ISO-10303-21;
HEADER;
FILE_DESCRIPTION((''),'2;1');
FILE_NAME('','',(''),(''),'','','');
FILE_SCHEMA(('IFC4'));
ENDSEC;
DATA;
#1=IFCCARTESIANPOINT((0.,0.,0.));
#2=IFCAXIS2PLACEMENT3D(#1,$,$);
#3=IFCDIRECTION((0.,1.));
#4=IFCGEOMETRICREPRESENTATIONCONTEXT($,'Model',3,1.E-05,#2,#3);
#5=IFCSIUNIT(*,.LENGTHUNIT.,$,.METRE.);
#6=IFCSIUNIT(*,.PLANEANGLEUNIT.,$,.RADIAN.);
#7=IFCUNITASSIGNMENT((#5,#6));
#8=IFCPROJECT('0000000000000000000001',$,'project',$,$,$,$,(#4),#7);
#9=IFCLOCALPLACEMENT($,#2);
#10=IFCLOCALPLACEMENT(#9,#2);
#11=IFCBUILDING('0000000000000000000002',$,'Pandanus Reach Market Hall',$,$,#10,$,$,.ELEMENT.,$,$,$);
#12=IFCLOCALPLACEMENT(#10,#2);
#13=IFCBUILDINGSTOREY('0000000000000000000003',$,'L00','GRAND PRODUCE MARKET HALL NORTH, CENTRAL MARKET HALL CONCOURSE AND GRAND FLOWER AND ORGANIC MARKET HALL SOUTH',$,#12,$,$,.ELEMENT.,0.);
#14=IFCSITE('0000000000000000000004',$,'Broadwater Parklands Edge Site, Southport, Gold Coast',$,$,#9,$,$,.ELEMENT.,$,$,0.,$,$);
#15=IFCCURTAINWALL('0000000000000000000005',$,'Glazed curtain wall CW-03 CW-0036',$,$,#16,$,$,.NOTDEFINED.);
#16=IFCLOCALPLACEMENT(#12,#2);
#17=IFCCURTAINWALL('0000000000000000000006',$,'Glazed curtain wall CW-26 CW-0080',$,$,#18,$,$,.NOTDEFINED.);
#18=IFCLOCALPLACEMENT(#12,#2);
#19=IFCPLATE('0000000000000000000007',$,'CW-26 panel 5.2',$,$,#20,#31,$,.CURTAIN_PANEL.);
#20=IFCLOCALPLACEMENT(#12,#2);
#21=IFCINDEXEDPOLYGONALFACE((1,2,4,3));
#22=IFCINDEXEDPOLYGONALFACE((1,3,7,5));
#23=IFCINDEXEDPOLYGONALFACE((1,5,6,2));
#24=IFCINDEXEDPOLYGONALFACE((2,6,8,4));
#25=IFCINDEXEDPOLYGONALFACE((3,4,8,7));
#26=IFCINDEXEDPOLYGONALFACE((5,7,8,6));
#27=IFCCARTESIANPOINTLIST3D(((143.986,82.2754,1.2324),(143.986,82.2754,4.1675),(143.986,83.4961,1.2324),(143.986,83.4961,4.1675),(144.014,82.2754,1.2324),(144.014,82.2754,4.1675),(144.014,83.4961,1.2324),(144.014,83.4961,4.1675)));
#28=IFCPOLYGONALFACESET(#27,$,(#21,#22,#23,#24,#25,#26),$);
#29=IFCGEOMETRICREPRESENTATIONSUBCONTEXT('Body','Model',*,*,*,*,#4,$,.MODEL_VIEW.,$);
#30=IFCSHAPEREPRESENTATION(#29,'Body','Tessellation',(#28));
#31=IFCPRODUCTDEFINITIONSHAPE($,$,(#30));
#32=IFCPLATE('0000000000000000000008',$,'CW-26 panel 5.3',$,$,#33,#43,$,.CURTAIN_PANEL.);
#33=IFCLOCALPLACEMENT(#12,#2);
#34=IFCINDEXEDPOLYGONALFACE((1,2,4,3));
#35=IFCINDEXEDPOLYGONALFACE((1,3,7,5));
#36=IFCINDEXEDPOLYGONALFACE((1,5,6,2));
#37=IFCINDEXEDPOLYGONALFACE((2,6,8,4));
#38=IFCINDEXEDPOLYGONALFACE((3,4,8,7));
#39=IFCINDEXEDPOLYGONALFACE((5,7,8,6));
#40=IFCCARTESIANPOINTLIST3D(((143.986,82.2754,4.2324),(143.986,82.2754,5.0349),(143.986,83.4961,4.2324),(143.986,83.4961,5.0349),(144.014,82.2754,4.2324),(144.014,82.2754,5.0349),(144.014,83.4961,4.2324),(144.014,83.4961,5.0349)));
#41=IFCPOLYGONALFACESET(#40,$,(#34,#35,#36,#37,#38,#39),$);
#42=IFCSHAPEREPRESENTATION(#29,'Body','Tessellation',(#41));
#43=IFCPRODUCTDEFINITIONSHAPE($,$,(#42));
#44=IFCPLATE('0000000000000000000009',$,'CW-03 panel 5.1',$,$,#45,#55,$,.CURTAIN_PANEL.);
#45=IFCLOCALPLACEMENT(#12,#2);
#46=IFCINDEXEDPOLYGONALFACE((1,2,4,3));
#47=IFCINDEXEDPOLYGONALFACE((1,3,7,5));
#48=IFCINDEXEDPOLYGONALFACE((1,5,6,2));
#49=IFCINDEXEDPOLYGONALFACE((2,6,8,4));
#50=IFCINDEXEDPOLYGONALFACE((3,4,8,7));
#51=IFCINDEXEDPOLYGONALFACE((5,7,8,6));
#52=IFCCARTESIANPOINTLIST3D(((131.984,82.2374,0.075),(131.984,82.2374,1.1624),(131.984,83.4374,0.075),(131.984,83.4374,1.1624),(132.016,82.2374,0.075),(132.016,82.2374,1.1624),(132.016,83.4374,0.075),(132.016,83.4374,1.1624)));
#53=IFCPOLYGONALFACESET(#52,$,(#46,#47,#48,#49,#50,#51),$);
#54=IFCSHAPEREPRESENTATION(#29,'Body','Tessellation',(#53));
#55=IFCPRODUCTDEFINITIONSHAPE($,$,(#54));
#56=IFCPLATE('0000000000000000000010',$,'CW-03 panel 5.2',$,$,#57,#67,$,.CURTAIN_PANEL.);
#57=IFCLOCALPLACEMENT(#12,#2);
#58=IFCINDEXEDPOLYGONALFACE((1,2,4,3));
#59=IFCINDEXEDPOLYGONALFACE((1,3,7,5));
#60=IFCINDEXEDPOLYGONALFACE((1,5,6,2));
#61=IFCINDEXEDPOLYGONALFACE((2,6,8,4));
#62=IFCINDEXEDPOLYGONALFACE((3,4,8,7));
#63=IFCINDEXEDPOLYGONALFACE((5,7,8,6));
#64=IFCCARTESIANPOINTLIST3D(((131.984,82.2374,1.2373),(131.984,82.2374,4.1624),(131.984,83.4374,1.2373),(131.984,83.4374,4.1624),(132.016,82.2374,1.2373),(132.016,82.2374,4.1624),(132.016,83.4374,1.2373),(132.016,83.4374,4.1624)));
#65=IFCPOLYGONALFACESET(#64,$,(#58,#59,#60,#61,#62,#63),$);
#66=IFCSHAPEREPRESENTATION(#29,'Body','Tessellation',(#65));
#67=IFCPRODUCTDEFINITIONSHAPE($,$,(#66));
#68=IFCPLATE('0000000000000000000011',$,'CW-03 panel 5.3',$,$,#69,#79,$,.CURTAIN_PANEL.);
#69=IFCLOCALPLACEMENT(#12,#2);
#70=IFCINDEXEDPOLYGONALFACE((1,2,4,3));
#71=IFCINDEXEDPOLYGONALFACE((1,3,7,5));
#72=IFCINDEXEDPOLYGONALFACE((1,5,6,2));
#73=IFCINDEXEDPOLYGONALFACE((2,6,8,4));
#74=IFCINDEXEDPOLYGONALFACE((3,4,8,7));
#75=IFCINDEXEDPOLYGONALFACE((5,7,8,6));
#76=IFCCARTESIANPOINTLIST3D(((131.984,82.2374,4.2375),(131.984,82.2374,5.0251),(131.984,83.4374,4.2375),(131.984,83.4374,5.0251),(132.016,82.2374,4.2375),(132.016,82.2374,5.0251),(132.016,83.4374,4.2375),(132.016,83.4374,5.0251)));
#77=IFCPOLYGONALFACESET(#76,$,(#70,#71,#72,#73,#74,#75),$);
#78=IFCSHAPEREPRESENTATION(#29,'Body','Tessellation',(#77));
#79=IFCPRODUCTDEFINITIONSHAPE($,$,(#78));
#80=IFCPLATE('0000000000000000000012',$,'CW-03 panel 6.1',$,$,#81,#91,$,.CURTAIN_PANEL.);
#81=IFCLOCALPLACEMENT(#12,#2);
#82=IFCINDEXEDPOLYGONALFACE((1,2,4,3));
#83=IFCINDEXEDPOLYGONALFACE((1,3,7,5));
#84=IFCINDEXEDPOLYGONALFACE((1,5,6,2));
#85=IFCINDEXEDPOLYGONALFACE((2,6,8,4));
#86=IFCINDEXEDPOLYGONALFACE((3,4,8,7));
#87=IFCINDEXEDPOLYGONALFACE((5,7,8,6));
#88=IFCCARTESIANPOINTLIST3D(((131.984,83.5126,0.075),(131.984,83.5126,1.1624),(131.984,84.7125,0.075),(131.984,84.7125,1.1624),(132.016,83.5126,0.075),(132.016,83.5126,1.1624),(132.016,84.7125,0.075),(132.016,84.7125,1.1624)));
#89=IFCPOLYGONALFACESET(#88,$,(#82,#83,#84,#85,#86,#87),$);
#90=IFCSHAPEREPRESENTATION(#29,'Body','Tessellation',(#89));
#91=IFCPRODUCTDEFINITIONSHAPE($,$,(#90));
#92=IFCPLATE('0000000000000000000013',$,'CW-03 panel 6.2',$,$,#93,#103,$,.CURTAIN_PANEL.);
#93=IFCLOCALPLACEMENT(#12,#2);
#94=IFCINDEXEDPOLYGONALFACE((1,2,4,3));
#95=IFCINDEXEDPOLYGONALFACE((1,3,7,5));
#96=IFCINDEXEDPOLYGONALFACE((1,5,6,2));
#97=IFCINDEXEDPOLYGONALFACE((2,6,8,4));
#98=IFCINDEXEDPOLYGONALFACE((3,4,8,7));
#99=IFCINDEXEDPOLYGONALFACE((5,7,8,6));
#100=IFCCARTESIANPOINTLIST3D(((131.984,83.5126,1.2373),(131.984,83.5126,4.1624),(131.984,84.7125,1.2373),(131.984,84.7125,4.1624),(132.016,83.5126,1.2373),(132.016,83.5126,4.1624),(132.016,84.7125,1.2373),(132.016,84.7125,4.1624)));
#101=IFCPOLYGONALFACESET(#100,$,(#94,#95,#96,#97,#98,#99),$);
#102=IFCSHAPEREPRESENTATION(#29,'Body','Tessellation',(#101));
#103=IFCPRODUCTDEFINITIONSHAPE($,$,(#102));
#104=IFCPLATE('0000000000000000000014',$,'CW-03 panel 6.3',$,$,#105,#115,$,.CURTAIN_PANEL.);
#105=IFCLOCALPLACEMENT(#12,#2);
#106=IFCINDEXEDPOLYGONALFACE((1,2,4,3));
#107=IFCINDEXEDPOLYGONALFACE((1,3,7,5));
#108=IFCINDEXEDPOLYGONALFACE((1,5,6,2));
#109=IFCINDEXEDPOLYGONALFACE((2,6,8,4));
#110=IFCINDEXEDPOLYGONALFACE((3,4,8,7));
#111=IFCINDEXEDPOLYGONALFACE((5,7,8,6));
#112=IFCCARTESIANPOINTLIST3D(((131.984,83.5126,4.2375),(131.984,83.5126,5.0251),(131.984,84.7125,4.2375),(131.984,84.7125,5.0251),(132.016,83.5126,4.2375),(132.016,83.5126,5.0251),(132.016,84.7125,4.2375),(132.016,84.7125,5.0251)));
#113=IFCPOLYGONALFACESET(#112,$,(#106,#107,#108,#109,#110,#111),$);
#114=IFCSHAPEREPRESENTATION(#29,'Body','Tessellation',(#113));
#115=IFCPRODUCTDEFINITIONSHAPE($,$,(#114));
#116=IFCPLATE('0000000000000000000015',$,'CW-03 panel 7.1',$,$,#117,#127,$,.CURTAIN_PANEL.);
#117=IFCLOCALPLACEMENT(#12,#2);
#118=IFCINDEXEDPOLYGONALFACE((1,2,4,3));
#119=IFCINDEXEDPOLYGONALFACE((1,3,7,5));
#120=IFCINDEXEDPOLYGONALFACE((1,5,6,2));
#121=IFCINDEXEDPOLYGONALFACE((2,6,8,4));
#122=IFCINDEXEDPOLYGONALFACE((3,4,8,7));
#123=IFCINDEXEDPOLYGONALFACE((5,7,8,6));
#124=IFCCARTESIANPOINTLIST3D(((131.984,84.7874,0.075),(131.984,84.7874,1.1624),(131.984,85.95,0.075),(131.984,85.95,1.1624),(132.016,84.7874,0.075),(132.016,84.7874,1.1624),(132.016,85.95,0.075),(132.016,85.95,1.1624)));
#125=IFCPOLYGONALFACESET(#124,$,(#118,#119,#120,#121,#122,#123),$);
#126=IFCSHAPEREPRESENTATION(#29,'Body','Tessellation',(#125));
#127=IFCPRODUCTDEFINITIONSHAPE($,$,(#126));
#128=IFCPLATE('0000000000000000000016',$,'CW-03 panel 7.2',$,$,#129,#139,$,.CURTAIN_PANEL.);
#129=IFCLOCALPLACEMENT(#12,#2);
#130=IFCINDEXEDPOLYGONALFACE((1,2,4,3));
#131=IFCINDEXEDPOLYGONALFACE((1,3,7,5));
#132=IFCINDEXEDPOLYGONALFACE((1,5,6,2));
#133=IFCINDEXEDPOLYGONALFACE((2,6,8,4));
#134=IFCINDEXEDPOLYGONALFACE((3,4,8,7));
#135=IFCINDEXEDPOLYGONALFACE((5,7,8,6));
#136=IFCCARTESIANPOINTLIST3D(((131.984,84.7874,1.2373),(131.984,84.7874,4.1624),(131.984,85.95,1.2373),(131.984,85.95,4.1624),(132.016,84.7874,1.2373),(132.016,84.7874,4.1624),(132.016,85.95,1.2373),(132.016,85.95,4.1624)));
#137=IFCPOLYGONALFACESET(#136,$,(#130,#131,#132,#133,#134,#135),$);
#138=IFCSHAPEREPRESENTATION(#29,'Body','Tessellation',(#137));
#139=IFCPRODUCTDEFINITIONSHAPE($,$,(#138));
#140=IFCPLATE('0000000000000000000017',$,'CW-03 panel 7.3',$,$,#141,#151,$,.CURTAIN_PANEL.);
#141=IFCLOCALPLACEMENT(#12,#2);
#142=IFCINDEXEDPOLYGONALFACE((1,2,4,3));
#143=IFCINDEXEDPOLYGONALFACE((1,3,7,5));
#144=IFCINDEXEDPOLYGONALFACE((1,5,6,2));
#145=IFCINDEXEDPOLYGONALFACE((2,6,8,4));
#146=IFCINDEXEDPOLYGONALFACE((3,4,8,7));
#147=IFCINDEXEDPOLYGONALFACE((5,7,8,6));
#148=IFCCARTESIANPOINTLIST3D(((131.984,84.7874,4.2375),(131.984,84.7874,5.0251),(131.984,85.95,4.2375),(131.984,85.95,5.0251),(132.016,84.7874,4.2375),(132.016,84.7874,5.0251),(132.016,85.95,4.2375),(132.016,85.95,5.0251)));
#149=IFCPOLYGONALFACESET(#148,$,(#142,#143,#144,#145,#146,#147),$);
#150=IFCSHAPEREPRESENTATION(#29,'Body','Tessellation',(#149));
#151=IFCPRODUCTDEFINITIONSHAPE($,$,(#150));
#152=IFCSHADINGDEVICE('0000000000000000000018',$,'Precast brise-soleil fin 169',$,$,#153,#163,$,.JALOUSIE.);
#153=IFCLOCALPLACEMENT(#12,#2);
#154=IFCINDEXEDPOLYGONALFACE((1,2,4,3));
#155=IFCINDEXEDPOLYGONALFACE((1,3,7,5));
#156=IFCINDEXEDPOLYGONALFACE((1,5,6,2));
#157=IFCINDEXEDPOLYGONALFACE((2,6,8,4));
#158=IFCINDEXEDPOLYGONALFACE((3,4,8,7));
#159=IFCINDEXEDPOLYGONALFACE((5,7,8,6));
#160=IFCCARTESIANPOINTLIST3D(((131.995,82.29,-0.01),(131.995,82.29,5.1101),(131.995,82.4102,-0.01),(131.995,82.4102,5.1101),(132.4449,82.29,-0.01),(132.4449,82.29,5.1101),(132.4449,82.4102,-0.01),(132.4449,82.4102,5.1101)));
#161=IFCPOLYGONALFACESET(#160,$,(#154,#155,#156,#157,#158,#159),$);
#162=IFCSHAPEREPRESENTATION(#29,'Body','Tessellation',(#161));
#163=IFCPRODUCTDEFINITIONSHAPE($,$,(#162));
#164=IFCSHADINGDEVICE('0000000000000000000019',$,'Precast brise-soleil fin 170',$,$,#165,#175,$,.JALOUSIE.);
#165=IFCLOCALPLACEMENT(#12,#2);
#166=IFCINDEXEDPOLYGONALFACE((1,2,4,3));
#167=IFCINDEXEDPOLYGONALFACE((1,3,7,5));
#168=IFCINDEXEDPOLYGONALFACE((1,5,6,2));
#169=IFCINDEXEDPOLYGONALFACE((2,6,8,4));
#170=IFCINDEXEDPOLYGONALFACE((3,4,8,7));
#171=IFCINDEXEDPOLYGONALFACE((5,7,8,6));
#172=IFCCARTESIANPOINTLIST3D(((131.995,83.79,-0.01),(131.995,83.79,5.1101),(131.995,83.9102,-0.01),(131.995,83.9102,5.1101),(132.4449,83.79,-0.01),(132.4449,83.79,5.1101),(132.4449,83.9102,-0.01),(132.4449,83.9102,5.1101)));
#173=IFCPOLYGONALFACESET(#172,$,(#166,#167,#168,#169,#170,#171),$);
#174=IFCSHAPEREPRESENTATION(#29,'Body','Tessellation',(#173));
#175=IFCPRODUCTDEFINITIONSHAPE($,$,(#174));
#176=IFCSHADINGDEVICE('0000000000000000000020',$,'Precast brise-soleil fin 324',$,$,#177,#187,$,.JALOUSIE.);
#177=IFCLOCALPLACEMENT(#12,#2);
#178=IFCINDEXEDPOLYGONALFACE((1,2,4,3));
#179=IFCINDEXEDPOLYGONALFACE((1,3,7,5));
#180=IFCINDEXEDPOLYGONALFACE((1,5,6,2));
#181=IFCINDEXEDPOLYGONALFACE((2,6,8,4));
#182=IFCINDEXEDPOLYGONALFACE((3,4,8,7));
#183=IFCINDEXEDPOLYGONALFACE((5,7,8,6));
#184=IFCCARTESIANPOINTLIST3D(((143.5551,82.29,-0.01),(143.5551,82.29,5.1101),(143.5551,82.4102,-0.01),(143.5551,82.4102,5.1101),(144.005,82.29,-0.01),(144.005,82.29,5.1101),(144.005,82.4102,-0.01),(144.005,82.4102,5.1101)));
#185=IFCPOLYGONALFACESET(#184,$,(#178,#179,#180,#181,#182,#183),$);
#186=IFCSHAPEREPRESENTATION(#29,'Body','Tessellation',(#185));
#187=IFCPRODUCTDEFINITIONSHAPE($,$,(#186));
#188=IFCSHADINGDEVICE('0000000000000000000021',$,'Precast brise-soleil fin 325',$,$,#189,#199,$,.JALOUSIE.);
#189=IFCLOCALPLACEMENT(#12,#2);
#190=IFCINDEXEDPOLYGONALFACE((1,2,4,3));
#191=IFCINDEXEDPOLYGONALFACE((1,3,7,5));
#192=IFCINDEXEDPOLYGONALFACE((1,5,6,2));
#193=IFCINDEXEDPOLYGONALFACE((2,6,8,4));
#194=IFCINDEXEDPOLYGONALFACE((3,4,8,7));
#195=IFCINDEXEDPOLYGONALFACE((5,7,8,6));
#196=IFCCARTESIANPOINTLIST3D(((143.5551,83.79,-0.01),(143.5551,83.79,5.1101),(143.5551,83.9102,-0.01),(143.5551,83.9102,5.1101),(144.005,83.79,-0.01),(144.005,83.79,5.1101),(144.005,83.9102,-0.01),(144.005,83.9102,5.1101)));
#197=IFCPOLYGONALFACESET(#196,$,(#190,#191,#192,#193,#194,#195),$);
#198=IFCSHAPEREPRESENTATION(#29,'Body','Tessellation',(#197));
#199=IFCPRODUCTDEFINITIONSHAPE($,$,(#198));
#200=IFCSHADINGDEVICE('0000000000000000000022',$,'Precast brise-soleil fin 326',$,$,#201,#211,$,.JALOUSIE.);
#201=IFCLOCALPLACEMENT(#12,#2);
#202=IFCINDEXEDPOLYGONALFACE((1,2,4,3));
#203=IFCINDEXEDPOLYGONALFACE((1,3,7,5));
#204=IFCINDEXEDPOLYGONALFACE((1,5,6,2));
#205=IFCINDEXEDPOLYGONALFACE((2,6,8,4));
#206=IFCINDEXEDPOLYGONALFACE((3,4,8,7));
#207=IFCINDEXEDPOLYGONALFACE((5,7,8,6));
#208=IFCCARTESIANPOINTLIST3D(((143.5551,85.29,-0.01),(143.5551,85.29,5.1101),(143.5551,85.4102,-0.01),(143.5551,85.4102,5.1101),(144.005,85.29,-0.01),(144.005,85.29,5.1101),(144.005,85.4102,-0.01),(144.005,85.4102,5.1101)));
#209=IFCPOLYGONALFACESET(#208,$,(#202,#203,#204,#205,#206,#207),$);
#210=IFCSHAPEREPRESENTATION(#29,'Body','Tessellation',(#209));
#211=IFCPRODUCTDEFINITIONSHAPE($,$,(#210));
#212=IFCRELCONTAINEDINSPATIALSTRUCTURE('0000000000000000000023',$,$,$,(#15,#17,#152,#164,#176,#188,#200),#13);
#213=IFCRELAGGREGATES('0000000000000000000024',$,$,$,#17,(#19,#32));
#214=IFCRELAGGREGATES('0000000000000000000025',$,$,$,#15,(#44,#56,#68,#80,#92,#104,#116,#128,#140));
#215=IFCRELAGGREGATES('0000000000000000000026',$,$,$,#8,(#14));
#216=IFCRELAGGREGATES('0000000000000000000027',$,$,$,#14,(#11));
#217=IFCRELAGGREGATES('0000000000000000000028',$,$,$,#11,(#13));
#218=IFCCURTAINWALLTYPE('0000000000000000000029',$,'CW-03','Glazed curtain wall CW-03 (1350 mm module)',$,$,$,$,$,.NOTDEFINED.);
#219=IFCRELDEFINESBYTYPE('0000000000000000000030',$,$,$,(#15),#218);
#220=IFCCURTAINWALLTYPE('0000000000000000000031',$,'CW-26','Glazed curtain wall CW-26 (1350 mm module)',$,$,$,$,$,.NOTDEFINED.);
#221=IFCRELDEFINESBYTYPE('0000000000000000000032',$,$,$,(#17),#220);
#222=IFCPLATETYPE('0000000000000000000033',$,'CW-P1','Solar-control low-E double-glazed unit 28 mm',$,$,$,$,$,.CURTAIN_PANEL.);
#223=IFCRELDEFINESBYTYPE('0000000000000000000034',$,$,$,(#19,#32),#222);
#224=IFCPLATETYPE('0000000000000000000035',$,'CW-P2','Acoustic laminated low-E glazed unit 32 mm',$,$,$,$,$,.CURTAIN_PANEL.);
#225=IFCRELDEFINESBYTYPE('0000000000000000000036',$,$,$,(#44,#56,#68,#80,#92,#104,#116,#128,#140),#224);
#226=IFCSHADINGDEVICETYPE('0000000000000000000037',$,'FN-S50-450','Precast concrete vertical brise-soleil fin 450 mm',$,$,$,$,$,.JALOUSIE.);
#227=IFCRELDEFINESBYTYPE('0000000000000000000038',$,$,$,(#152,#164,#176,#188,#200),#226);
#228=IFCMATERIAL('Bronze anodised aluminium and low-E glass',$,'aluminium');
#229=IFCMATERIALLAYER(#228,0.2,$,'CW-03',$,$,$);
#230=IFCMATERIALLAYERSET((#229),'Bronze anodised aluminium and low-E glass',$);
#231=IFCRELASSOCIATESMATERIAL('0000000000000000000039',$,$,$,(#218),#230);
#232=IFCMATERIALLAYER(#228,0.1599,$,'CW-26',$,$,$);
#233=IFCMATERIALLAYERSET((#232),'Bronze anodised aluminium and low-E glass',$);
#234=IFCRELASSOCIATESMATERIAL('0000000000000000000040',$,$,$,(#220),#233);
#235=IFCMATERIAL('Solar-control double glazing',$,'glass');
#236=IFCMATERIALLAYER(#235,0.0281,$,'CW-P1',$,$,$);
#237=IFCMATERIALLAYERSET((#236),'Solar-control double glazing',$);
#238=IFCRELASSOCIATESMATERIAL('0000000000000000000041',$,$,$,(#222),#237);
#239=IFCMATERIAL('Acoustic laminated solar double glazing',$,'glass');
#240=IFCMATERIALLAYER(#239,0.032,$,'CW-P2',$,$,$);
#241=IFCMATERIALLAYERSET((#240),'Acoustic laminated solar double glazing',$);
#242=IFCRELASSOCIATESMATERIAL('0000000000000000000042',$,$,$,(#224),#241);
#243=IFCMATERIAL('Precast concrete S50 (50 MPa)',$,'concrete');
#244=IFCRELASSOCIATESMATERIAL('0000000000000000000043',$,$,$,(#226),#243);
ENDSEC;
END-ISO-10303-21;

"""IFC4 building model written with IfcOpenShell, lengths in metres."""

from ifc_helpers import new_model, si_unit, direction, frame, origin, origin_2d, place, context, subcontext, project, spatial, rectangle, extrude, material, layer, layer_set, type_object, element, aggregate, save


model = new_model("IFC4")

# Units and contexts
model_context = context("Model", 3, precision=1e-05, world=origin(), true_north=direction((0.0, 1.0)))
body_context = subcontext(model_context, "Body", "Model", "MODEL_VIEW")
ifc_project = project(units=[si_unit("LENGTHUNIT", "METRE"), si_unit("PLANEANGLEUNIT", "RADIAN")], contexts=[model_context])

# Site, building, storey
site_placement = place(None, origin())
site = spatial("IfcSite", under=ifc_project, at=site_placement, Name="Broadwater Parklands Edge Site, Southport, Gold Coast", CompositionType="ELEMENT", RefElevation=0.0)
building_placement = place(site_placement, origin())
building = spatial("IfcBuilding", under=site, at=building_placement, Name="Pandanus Reach Market Hall", CompositionType="ELEMENT")
storey_placement = place(building_placement, origin())
storey = spatial("IfcBuildingStorey", under=building, at=storey_placement, Name="L00", Description="GRAND PRODUCE MARKET HALL NORTH, CENTRAL MARKET HALL CONCOURSE AND GRAND FLOWER AND ORGANIC MARKET HALL SOUTH", CompositionType="ELEMENT", Elevation=0.0)

# Curtain walls
ifc_material_1 = material(Name="Bronze anodised aluminium and low-E glass", Category="aluminium")
ifc_layer_1 = layer(ifc_material_1, 0.2, Name="CW-03")
ifc_layer_set_1 = layer_set([ifc_layer_1], Name="Bronze anodised aluminium and low-E glass")
curtain_wall_type_1 = type_object("IfcCurtainWallType", Name="CW-03", Description="Glazed curtain wall CW-03 (1350 mm module)", PredefinedType="NOTDEFINED", material=ifc_layer_set_1)
curtain_wall_1_placement = place(storey_placement, origin())
curtain_wall_1 = element("IfcCurtainWall", 1, at=curtain_wall_1_placement, inside=storey, type_object=curtain_wall_type_1, Name="Glazed curtain wall CW-03 CW-0036", PredefinedType="NOTDEFINED")
ifc_layer_2 = layer(ifc_material_1, 0.1599, Name="CW-26")
ifc_layer_set_2 = layer_set([ifc_layer_2], Name="Bronze anodised aluminium and low-E glass")
curtain_wall_type_2 = type_object("IfcCurtainWallType", Name="CW-26", Description="Glazed curtain wall CW-26 (1350 mm module)", PredefinedType="NOTDEFINED", material=ifc_layer_set_2)
curtain_wall_2_placement = place(storey_placement, origin())
curtain_wall_2 = element("IfcCurtainWall", 2, at=curtain_wall_2_placement, inside=storey, type_object=curtain_wall_type_2, Name="Glazed curtain wall CW-26 CW-0080", PredefinedType="NOTDEFINED")

# Plates
ifc_material_2 = material(Name="Solar-control double glazing", Category="glass")
ifc_layer_3 = layer(ifc_material_2, 0.0281, Name="CW-P1")
ifc_layer_set_3 = layer_set([ifc_layer_3], Name="Solar-control double glazing")
plate_type_1 = type_object("IfcPlateType", Name="CW-P1", Description="Solar-control low-E double-glazed unit 28 mm", PredefinedType="CURTAIN_PANEL", material=ifc_layer_set_3)
plate_1_placement = place(storey_placement, frame((144.0, 82.8857, 1.2324), z_axis=(0.0, 0.0, 1.0), x_axis=(0.0, 1.0, 0.0)))
plate_1 = element("IfcPlate", 3, at=plate_1_placement, type_object=plate_type_1, Name="CW-26 panel 5.2", PredefinedType="CURTAIN_PANEL", context=body_context, shape_type="SweptSolid", body=[
    extrude(rectangle(XDim=1.2207, YDim=0.0281, at=origin_2d()), origin(), (0.0, 0.0, 1.0), 2.9351),
])
plate_2_placement = place(storey_placement, frame((144.0, 82.8857, 4.2324), z_axis=(0.0, 0.0, 1.0), x_axis=(0.0, 1.0, 0.0)))
plate_2 = element("IfcPlate", 4, at=plate_2_placement, type_object=plate_type_1, Name="CW-26 panel 5.3", PredefinedType="CURTAIN_PANEL", context=body_context, shape_type="SweptSolid", body=[
    extrude(rectangle(XDim=1.2207, YDim=0.0281, at=origin_2d()), origin(), (0.0, 0.0, 1.0), 0.8025),
])
aggregate(curtain_wall_2, [plate_1, plate_2])
ifc_material_3 = material(Name="Acoustic laminated solar double glazing", Category="glass")
ifc_layer_4 = layer(ifc_material_3, 0.032, Name="CW-P2")
ifc_layer_set_4 = layer_set([ifc_layer_4], Name="Acoustic laminated solar double glazing")
plate_type_2 = type_object("IfcPlateType", Name="CW-P2", Description="Acoustic laminated low-E glazed unit 32 mm", PredefinedType="CURTAIN_PANEL", material=ifc_layer_set_4)
plate_3_placement = place(storey_placement, frame((132.0, 82.8374, 0.075), z_axis=(0.0, 0.0, 1.0), x_axis=(0.0, 1.0, 0.0)))
plate_3 = element("IfcPlate", 5, at=plate_3_placement, type_object=plate_type_2, Name="CW-03 panel 5.1", PredefinedType="CURTAIN_PANEL", context=body_context, shape_type="SweptSolid", body=[
    extrude(rectangle(XDim=1.2, YDim=0.032, at=origin_2d()), origin(), (0.0, 0.0, 1.0), 1.0874),
])
plate_4_placement = place(storey_placement, frame((132.0, 82.8374, 1.2373), z_axis=(0.0, 0.0, 1.0), x_axis=(0.0, 1.0, 0.0)))
plate_4 = element("IfcPlate", 6, at=plate_4_placement, type_object=plate_type_2, Name="CW-03 panel 5.2", PredefinedType="CURTAIN_PANEL", context=body_context, shape_type="SweptSolid", body=[
    extrude(rectangle(XDim=1.2, YDim=0.032, at=origin_2d()), origin(), (0.0, 0.0, 1.0), 2.925),
])
plate_5_placement = place(storey_placement, frame((132.0, 82.8374, 4.2375), z_axis=(0.0, 0.0, 1.0), x_axis=(0.0, 1.0, 0.0)))
plate_5 = element("IfcPlate", 7, at=plate_5_placement, type_object=plate_type_2, Name="CW-03 panel 5.3", PredefinedType="CURTAIN_PANEL", context=body_context, shape_type="SweptSolid", body=[
    extrude(rectangle(XDim=1.2, YDim=0.032, at=origin_2d()), origin(), (0.0, 0.0, 1.0), 0.7876),
])
plate_6_placement = place(storey_placement, frame((132.0, 84.1125, 0.075), z_axis=(0.0, 0.0, 1.0), x_axis=(0.0, 1.0, 0.0)))
plate_6 = element("IfcPlate", 8, at=plate_6_placement, type_object=plate_type_2, Name="CW-03 panel 6.1", PredefinedType="CURTAIN_PANEL", context=body_context, shape_type="SweptSolid", body=[
    extrude(rectangle(XDim=1.2, YDim=0.032, at=origin_2d()), origin(), (0.0, 0.0, 1.0), 1.0874),
])
plate_7_placement = place(storey_placement, frame((132.0, 84.1125, 1.2373), z_axis=(0.0, 0.0, 1.0), x_axis=(0.0, 1.0, 0.0)))
plate_7 = element("IfcPlate", 9, at=plate_7_placement, type_object=plate_type_2, Name="CW-03 panel 6.2", PredefinedType="CURTAIN_PANEL", context=body_context, shape_type="SweptSolid", body=[
    extrude(rectangle(XDim=1.2, YDim=0.032, at=origin_2d()), origin(), (0.0, 0.0, 1.0), 2.925),
])
plate_8_placement = place(storey_placement, frame((132.0, 84.1125, 4.2375), z_axis=(0.0, 0.0, 1.0), x_axis=(0.0, 1.0, 0.0)))
plate_8 = element("IfcPlate", 10, at=plate_8_placement, type_object=plate_type_2, Name="CW-03 panel 6.3", PredefinedType="CURTAIN_PANEL", context=body_context, shape_type="SweptSolid", body=[
    extrude(rectangle(XDim=1.2, YDim=0.032, at=origin_2d()), origin(), (0.0, 0.0, 1.0), 0.7876),
])
plate_9_placement = place(storey_placement, frame((132.0, 85.3687, 0.075), z_axis=(0.0, 0.0, 1.0), x_axis=(0.0, 1.0, 0.0)))
plate_9 = element("IfcPlate", 11, at=plate_9_placement, type_object=plate_type_2, Name="CW-03 panel 7.1", PredefinedType="CURTAIN_PANEL", context=body_context, shape_type="SweptSolid", body=[
    extrude(rectangle(XDim=1.1626, YDim=0.032, at=origin_2d()), origin(), (0.0, 0.0, 1.0), 1.0874),
])
plate_10_placement = place(storey_placement, frame((132.0, 85.3687, 1.2373), z_axis=(0.0, 0.0, 1.0), x_axis=(0.0, 1.0, 0.0)))
plate_10 = element("IfcPlate", 12, at=plate_10_placement, type_object=plate_type_2, Name="CW-03 panel 7.2", PredefinedType="CURTAIN_PANEL", context=body_context, shape_type="SweptSolid", body=[
    extrude(rectangle(XDim=1.1626, YDim=0.032, at=origin_2d()), origin(), (0.0, 0.0, 1.0), 2.925),
])
plate_11_placement = place(storey_placement, frame((132.0, 85.3687, 4.2375), z_axis=(0.0, 0.0, 1.0), x_axis=(0.0, 1.0, 0.0)))
plate_11 = element("IfcPlate", 13, at=plate_11_placement, type_object=plate_type_2, Name="CW-03 panel 7.3", PredefinedType="CURTAIN_PANEL", context=body_context, shape_type="SweptSolid", body=[
    extrude(rectangle(XDim=1.1626, YDim=0.032, at=origin_2d()), origin(), (0.0, 0.0, 1.0), 0.7876),
])
aggregate(curtain_wall_1, [plate_3, plate_4, plate_5, plate_6, plate_7, plate_8, plate_9, plate_10, plate_11])

# Shading devices
ifc_material_4 = material(Name="Precast concrete S50 (50 MPa)", Category="concrete")
shading_device_type = type_object("IfcShadingDeviceType", Name="FN-S50-450", Description="Precast concrete vertical brise-soleil fin 450 mm", PredefinedType="JALOUSIE", material=ifc_material_4)
for number, where, z_axis, x_axis, name in (
    (14, (132.22, 82.3501, -0.01), (0.0, 0.0, 1.0), (1.0, 0.0, 0.0), "Precast brise-soleil fin 169"),
    (15, (132.22, 83.8501, -0.01), (0.0, 0.0, 1.0), (1.0, 0.0, 0.0), "Precast brise-soleil fin 170"),
    (16, (143.78, 82.3501, -0.01), (0.0, 0.0, 1.0), (-1.0, 0.0, 0.0), "Precast brise-soleil fin 324"),
    (17, (143.78, 83.8501, -0.01), (0.0, 0.0, 1.0), (-1.0, 0.0, 0.0), "Precast brise-soleil fin 325"),
    (18, (143.78, 85.3501, -0.01), (0.0, 0.0, 1.0), (-1.0, 0.0, 0.0), "Precast brise-soleil fin 326"),
):
    element("IfcShadingDevice", number, at=place(storey_placement, frame(where, z_axis=z_axis, x_axis=x_axis)), inside=storey, type_object=shading_device_type, Name=name, PredefinedType="JALOUSIE", context=body_context, shape_type="SweptSolid", body=[
        extrude(rectangle(XDim=0.45, YDim=0.1201, at=origin_2d()), origin(), (0.0, 0.0, 1.0), 5.1201),
    ])

save(model, "model.ifc")
